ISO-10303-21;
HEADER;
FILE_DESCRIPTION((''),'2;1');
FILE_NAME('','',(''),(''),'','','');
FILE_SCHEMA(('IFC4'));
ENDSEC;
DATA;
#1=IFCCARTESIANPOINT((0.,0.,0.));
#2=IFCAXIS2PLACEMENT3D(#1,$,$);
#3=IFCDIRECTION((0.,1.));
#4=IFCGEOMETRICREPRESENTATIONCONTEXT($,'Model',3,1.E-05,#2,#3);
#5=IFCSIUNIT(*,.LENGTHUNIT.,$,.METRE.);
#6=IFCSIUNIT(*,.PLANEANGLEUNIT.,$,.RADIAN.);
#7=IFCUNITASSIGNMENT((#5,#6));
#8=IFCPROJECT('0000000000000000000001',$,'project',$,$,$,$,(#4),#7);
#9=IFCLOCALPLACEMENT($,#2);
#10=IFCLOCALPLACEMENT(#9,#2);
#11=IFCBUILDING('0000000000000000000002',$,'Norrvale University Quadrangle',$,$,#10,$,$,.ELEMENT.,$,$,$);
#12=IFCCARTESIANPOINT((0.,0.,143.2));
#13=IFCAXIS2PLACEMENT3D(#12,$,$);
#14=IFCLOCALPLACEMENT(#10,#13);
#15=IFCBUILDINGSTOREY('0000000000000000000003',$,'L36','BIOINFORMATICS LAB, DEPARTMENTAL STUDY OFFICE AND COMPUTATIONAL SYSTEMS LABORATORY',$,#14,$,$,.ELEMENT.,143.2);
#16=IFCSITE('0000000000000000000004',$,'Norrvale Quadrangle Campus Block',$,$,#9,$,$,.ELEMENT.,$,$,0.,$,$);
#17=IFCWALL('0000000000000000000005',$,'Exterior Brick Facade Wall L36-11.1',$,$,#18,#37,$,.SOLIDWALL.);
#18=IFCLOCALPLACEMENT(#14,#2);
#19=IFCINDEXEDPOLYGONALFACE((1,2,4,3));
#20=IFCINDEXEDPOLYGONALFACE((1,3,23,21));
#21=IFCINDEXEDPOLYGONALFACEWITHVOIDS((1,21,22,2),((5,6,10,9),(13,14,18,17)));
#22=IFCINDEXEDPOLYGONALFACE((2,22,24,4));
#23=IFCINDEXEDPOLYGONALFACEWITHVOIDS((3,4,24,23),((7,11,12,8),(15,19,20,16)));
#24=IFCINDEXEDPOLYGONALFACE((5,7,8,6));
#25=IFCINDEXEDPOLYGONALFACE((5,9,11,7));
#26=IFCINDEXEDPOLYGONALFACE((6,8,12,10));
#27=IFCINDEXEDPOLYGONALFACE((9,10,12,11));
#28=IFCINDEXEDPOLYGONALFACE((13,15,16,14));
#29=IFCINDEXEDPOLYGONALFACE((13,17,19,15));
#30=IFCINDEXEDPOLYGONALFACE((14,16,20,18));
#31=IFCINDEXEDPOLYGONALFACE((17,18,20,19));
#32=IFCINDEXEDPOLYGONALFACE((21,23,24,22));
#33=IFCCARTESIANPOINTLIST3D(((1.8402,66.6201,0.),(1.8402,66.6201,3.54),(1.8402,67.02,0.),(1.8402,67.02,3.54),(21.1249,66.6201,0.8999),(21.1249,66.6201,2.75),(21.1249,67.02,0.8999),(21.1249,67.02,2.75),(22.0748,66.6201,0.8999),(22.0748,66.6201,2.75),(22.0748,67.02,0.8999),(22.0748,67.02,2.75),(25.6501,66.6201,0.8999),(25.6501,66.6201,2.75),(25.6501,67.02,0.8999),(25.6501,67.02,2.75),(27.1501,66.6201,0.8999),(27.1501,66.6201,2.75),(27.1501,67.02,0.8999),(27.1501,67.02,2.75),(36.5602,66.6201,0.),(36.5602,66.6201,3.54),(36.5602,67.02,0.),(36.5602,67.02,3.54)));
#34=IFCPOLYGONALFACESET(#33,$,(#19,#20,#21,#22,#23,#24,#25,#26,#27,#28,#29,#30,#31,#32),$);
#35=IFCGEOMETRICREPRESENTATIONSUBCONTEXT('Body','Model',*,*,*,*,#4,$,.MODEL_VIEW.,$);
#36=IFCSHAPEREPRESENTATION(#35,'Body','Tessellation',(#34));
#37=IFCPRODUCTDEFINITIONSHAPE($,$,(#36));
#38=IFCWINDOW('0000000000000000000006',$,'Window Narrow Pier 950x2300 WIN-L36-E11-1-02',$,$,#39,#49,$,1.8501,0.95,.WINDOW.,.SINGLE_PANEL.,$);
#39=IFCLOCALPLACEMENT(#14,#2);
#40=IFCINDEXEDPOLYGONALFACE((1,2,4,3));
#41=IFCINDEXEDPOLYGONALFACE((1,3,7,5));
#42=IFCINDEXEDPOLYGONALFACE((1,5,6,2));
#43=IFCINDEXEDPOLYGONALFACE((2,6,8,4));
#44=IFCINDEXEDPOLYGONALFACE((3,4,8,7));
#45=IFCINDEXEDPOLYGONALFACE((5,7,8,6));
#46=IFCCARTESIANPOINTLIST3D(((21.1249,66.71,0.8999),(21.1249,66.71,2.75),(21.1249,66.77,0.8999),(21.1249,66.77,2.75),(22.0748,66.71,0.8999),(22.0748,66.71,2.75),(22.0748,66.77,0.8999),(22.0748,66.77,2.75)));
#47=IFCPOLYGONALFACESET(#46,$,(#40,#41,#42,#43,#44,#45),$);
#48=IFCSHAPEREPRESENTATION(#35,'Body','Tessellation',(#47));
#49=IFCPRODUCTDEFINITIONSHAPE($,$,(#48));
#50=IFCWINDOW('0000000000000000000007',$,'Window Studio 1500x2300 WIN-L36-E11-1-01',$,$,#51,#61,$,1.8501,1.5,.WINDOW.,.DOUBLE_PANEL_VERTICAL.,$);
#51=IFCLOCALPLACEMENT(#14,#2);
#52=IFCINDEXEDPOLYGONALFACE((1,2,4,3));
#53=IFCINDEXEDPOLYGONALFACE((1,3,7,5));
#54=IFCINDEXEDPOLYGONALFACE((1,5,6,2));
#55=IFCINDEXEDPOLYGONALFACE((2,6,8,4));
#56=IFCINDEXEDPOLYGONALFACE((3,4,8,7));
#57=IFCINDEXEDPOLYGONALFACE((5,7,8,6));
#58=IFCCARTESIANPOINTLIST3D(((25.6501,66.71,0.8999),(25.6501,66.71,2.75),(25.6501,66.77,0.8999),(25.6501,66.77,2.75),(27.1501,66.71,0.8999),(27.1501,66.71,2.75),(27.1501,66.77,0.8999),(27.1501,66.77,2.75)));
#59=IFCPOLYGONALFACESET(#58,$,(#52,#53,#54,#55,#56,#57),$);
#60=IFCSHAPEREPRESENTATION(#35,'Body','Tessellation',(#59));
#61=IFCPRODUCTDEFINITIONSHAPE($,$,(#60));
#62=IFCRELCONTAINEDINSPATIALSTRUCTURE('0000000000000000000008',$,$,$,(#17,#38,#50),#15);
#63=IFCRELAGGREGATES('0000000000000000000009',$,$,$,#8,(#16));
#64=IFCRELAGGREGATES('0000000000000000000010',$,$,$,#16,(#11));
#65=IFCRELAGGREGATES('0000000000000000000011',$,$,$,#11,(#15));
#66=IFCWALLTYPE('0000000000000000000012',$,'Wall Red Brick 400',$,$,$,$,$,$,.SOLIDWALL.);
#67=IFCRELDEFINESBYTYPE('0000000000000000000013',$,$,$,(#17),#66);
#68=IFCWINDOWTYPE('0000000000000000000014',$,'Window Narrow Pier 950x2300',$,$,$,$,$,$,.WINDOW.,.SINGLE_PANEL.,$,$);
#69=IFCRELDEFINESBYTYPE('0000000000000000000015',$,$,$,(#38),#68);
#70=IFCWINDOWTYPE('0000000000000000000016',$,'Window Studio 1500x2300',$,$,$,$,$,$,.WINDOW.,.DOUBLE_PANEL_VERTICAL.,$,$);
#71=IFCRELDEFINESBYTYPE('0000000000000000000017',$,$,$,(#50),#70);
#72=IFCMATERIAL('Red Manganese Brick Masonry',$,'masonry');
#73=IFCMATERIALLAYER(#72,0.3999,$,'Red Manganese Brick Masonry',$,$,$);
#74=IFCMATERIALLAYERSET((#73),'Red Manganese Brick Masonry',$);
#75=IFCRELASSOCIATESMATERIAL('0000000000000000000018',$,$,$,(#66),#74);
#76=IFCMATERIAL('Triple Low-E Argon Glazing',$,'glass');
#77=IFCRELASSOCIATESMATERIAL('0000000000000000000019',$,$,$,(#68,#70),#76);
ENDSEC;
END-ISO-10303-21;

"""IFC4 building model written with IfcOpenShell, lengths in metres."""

from ifc_helpers import new_model, si_unit, direction, frame, frame_2d, origin, place, context, subcontext, project, spatial, rectangle, extrude, material, layer, layer_set, type_object, element, fill, save


model = new_model("IFC4")

# Units and contexts
model_context = context("Model", 3, precision=1e-05, world=origin(), true_north=direction((0.0, 1.0)))
body_context = subcontext(model_context, "Body", "Model", "MODEL_VIEW")
ifc_project = project(units=[si_unit("LENGTHUNIT", "METRE"), si_unit("PLANEANGLEUNIT", "RADIAN")], contexts=[model_context])

# Site, building, storey
site_placement = place(None, origin())
site = spatial("IfcSite", under=ifc_project, at=site_placement, Name="Norrvale Quadrangle Campus Block", CompositionType="ELEMENT", RefElevation=0.0)
building_placement = place(site_placement, origin())
building = spatial("IfcBuilding", under=site, at=building_placement, Name="Norrvale University Quadrangle", CompositionType="ELEMENT")
storey_placement = place(building_placement, frame((0.0, 0.0, 143.2)))
storey = spatial("IfcBuildingStorey", under=building, at=storey_placement, Name="L36", Description="BIOINFORMATICS LAB, DEPARTMENTAL STUDY OFFICE AND COMPUTATIONAL SYSTEMS LABORATORY", CompositionType="ELEMENT", Elevation=143.2)

# Shared definitions
ifc_material_1 = material(Name="Red Manganese Brick Masonry", Category="masonry")
ifc_layer_1 = layer(ifc_material_1, 0.3999, Name="Red Manganese Brick Masonry")
ifc_layer_set_1 = layer_set([ifc_layer_1], Name="Red Manganese Brick Masonry")
wall_type_1 = type_object("IfcWallType", Name="Wall Red Brick 400", PredefinedType="SOLIDWALL", material=ifc_layer_set_1)

# Wall, openings, windows
wall_1_placement = place(storey_placement, frame((36.5601, 66.8201, 0.0), z_axis=(0.0, 0.0, 1.0), x_axis=(-1.0, 0.0, 0.0)))
wall_1 = element("IfcWall", 1, at=wall_1_placement, inside=storey, type_object=wall_type_1, Name="Exterior Brick Facade Wall L36-11.1", PredefinedType="SOLIDWALL", context=body_context, shape_type="SweptSolid", body=[
    extrude(rectangle(XDim=34.72, YDim=0.3999, at=frame_2d((17.3599, 0.0))), origin(), (0.0, 0.0, 1.0), 3.54),
])
opening_1_placement = place(wall_1_placement, frame((9.4099, 0.0, 0.8999)))
opening_1 = element("IfcOpeningElement", 2, at=opening_1_placement, cuts=wall_1, PredefinedType="OPENING", context=body_context, shape_type="SweptSolid", body=[
    extrude(rectangle(XDim=1.5, YDim=1.8501, at=frame_2d((0.75, 0.925))), frame((0.0, 0.2119, 0.0), z_axis=(0.0, -1.0, 0.0), x_axis=(1.0, 0.0, 0.0)), (0.0, 0.0, 1.0), 0.4238),
])
opening_2_placement = place(wall_1_placement, frame((14.4851, 0.0, 0.8999)))
opening_2 = element("IfcOpeningElement", 3, at=opening_2_placement, cuts=wall_1, PredefinedType="OPENING", context=body_context, shape_type="SweptSolid", body=[
    extrude(rectangle(XDim=0.95, YDim=1.8501, at=frame_2d((0.4751, 0.925))), frame((0.0, 0.2119, 0.0), z_axis=(0.0, -1.0, 0.0), x_axis=(1.0, 0.0, 0.0)), (0.0, 0.0, 1.0), 0.4238),
])
ifc_material_2 = material(Name="Triple Low-E Argon Glazing", Category="glass")
window_type_1 = type_object("IfcWindowType", Name="Window Narrow Pier 950x2300", PartitioningType="SINGLE_PANEL", PredefinedType="WINDOW", material=ifc_material_2)
window_1_placement = place(opening_2_placement, origin())
window_1 = element("IfcWindow", 4, at=window_1_placement, inside=storey, type_object=window_type_1, Name="Window Narrow Pier 950x2300 WIN-L36-E11-1-02", OverallHeight=1.8501, OverallWidth=0.95, PartitioningType="SINGLE_PANEL", PredefinedType="WINDOW", context=body_context, shape_type="SweptSolid", body=[
    extrude(rectangle(XDim=0.95, YDim=1.8501, at=frame_2d((0.4751, 0.925))), frame((0.0, 0.1101, 0.0), z_axis=(0.0, -1.0, 0.0), x_axis=(1.0, 0.0, 0.0)), (0.0, 0.0, 1.0), 0.0601),
])
fill(opening_2, window_1)
window_type_2 = type_object("IfcWindowType", Name="Window Studio 1500x2300", PartitioningType="DOUBLE_PANEL_VERTICAL", PredefinedType="WINDOW", material=ifc_material_2)
window_2_placement = place(opening_1_placement, origin())
window_2 = element("IfcWindow", 5, at=window_2_placement, inside=storey, type_object=window_type_2, Name="Window Studio 1500x2300 WIN-L36-E11-1-01", OverallHeight=1.8501, OverallWidth=1.5, PartitioningType="DOUBLE_PANEL_VERTICAL", PredefinedType="WINDOW", context=body_context, shape_type="SweptSolid", body=[
    extrude(rectangle(XDim=1.5, YDim=1.8501, at=frame_2d((0.75, 0.925))), frame((0.0, 0.1101, 0.0), z_axis=(0.0, -1.0, 0.0), x_axis=(1.0, 0.0, 0.0)), (0.0, 0.0, 1.0), 0.0601),
])
fill(opening_1, window_2)

save(model, "model.ifc")
